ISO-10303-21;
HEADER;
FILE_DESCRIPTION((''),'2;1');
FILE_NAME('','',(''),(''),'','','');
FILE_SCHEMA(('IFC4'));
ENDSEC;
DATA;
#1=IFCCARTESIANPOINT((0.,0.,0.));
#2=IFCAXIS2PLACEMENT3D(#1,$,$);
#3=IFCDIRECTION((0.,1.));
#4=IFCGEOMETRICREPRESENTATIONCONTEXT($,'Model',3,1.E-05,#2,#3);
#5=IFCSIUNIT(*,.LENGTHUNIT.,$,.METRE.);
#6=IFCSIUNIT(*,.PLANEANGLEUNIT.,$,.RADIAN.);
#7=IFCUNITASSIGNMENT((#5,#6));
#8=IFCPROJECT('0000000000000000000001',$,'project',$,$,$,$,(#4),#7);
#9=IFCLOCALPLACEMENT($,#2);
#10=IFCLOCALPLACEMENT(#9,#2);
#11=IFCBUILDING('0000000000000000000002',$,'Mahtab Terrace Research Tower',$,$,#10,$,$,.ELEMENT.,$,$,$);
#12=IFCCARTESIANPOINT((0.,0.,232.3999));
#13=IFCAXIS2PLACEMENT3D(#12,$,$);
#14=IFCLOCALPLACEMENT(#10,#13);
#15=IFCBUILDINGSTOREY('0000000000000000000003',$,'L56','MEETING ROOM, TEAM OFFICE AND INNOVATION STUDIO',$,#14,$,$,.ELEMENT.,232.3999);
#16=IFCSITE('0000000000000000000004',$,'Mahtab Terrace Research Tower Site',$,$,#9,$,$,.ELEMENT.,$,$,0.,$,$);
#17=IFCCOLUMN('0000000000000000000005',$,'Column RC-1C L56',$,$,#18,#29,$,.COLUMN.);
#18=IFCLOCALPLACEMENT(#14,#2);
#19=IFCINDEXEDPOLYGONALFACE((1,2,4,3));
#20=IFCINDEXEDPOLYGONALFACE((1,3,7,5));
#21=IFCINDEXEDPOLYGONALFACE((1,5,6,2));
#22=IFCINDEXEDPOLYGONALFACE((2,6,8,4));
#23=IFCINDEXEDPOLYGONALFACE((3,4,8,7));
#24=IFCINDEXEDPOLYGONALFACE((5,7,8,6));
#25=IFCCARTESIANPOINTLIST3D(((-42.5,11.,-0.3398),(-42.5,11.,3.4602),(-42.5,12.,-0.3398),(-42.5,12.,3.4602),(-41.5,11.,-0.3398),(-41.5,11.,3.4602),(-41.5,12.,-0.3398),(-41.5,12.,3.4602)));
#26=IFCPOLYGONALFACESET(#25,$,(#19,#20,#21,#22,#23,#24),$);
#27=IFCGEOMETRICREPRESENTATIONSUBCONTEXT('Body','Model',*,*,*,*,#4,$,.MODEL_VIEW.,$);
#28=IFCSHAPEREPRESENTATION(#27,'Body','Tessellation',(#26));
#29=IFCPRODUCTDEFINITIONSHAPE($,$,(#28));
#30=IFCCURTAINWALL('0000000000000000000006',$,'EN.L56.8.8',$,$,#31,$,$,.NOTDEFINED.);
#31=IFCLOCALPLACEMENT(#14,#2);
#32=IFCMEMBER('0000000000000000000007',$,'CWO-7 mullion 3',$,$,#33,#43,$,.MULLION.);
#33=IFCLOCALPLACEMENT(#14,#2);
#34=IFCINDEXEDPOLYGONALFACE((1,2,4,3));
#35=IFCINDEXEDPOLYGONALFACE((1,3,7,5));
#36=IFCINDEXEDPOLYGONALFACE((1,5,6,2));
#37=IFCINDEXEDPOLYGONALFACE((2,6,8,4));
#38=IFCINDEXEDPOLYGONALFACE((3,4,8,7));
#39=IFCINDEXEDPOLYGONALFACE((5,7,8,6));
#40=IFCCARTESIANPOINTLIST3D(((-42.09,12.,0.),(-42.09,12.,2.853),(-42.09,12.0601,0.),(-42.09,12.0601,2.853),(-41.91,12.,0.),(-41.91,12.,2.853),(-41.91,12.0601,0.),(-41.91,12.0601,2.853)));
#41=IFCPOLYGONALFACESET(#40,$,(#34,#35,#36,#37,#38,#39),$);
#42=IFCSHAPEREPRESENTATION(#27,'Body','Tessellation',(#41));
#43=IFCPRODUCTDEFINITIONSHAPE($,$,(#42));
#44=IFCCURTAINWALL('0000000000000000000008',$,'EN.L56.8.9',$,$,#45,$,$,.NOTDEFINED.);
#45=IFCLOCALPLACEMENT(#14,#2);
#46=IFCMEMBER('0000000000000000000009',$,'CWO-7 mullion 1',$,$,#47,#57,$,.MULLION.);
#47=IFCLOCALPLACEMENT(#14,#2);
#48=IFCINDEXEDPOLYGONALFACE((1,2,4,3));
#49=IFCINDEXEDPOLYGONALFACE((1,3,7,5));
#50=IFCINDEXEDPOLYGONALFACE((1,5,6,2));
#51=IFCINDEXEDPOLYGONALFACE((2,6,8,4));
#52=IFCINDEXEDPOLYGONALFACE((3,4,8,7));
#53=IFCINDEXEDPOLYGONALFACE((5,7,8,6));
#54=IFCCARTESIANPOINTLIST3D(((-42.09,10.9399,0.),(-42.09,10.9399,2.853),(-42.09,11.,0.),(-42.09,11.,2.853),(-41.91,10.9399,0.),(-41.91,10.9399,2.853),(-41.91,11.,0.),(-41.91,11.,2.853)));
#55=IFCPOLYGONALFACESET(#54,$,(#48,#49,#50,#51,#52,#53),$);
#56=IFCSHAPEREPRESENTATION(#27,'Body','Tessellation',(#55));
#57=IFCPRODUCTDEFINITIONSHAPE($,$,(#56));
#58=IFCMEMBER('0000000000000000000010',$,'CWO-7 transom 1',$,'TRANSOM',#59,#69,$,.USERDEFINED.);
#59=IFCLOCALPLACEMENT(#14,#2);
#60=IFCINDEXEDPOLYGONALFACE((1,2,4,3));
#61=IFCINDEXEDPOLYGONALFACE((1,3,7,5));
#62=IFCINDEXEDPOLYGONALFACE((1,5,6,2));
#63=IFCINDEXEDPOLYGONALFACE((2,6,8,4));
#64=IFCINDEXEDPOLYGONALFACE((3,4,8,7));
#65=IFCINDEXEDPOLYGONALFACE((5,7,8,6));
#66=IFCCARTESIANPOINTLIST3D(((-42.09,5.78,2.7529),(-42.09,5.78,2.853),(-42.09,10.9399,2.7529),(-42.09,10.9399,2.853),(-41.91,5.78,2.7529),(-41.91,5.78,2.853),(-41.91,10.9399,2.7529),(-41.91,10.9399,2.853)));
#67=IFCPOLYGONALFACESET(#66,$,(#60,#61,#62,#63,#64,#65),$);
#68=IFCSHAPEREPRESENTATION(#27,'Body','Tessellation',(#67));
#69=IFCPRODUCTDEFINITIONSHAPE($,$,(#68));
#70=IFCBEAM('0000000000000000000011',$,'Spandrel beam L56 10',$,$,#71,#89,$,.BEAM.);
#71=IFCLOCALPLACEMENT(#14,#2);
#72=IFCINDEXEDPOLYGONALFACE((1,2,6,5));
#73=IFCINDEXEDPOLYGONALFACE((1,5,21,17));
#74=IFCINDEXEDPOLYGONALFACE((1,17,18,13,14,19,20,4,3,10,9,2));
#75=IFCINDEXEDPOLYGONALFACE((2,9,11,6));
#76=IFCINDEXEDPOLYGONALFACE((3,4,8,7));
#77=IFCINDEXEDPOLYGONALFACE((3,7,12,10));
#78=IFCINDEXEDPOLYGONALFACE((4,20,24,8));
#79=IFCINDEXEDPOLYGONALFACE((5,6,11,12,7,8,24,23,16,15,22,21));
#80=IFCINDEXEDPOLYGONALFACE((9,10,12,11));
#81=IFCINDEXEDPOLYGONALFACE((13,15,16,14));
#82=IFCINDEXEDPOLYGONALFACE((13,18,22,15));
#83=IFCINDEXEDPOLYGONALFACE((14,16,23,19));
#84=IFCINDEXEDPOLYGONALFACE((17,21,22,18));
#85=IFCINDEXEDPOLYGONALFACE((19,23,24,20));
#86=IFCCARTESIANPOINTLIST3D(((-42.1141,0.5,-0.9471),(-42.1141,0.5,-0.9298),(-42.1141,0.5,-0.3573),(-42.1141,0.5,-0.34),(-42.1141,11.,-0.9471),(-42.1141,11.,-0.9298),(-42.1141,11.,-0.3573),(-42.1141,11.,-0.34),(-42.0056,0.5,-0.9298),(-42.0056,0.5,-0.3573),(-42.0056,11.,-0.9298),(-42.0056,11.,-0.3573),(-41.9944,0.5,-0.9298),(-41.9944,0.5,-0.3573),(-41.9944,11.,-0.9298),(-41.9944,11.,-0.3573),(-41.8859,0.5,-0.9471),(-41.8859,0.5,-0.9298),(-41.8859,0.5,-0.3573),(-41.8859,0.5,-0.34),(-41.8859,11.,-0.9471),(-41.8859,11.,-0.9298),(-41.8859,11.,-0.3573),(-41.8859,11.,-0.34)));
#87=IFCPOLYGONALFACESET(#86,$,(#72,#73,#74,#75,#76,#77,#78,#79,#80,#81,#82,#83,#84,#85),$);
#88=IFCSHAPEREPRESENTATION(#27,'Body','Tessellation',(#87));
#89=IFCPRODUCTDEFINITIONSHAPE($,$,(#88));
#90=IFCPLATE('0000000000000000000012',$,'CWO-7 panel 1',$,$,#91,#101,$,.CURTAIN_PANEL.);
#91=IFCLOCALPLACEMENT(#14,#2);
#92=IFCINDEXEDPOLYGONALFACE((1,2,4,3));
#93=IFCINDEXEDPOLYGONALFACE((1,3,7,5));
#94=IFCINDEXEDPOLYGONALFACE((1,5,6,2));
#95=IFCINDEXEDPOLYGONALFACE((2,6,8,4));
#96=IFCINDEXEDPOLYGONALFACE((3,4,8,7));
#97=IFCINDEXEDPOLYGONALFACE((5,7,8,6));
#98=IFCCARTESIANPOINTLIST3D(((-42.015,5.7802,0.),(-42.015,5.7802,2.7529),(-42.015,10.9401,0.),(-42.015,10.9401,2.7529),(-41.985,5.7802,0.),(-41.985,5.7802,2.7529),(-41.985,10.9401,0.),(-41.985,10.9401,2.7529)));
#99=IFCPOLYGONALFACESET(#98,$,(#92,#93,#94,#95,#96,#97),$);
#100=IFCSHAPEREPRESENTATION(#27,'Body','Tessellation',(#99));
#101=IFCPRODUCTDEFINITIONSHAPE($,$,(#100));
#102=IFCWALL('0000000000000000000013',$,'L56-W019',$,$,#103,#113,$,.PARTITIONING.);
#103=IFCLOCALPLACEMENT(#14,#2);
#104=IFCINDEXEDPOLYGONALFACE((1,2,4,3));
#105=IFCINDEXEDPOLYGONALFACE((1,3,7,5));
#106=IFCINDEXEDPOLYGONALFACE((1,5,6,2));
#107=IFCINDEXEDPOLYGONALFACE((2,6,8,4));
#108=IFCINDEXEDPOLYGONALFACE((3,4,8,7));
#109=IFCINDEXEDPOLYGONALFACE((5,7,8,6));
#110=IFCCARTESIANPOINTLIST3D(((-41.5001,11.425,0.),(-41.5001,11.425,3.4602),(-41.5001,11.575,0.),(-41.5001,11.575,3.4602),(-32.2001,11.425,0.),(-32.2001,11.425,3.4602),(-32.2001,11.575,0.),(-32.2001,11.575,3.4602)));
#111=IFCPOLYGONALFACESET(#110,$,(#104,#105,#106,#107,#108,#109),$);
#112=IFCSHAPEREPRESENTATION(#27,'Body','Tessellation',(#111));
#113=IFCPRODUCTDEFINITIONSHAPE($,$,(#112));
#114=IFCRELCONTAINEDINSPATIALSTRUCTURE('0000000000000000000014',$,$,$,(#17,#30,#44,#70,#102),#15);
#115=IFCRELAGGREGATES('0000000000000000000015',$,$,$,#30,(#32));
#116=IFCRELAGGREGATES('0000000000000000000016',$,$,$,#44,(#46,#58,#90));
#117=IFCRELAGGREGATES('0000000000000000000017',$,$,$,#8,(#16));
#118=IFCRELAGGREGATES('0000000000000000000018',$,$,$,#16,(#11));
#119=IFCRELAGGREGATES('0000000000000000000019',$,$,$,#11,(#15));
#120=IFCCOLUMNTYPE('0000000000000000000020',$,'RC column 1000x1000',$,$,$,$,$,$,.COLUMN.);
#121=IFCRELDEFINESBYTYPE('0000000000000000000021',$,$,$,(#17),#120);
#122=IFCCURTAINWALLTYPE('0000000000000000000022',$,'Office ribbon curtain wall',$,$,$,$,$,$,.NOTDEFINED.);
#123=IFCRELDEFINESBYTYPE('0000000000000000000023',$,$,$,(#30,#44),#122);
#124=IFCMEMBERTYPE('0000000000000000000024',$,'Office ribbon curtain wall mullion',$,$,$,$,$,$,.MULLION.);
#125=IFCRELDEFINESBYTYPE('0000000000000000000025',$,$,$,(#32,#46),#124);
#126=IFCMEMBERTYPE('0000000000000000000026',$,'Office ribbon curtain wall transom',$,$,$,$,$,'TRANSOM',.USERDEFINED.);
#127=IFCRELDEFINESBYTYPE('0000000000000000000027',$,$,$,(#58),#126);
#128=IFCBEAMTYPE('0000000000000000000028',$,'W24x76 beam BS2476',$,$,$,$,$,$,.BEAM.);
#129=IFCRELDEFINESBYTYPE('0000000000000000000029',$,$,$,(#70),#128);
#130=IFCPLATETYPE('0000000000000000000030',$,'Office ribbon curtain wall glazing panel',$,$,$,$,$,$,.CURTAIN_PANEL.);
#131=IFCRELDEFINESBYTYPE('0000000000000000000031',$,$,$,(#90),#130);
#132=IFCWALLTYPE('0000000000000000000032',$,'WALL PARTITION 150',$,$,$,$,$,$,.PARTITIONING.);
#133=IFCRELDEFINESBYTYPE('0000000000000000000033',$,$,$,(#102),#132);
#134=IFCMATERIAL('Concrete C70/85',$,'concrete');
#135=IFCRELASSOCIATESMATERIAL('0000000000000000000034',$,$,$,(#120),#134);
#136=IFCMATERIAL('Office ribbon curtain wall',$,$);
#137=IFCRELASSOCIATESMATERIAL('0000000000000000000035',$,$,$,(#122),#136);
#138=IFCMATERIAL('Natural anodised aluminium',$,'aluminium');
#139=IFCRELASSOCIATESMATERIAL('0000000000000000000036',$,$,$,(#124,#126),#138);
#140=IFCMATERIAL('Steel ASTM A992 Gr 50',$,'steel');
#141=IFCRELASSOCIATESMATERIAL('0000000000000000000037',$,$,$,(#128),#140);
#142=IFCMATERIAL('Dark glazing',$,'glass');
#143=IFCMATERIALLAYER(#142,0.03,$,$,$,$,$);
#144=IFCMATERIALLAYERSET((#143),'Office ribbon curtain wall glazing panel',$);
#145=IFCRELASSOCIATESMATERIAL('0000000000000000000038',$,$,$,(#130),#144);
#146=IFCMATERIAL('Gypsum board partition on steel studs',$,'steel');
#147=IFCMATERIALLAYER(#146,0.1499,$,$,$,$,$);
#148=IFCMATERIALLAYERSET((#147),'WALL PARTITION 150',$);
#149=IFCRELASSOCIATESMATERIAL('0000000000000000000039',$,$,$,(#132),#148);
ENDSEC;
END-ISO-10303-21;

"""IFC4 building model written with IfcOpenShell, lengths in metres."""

from ifc_helpers import new_model, si_unit, direction, frame, frame_2d, origin, origin_2d, place, context, subcontext, project, spatial, rectangle, i_section, extrude, material, layer, layer_set, material_profile, profile_set, type_object, element, aggregate, save


model = new_model("IFC4")

# Units and contexts
model_context = context("Model", 3, precision=1e-05, world=origin(), true_north=direction((0.0, 1.0)))
body_context = subcontext(model_context, "Body", "Model", "MODEL_VIEW")
ifc_project = project(units=[si_unit("LENGTHUNIT", "METRE"), si_unit("PLANEANGLEUNIT", "RADIAN")], contexts=[model_context])

# Site, building, storey
site_placement = place(None, origin())
site = spatial("IfcSite", under=ifc_project, at=site_placement, Name="Mahtab Terrace Research Tower Site", CompositionType="ELEMENT", RefElevation=0.0)
building_placement = place(site_placement, origin())
building = spatial("IfcBuilding", under=site, at=building_placement, Name="Mahtab Terrace Research Tower", CompositionType="ELEMENT")
storey_placement = place(building_placement, frame((0.0, 0.0, 232.3999)))
storey = spatial("IfcBuildingStorey", under=building, at=storey_placement, Name="L56", Description="MEETING ROOM, TEAM OFFICE AND INNOVATION STUDIO", CompositionType="ELEMENT", Elevation=232.3999)

# Column
ifc_material_1 = material(Name="Concrete C70/85", Category="concrete")
ifc_material_profile_1 = material_profile(ifc_material_1, rectangle(XDim=1.0, YDim=1.0, at=origin_2d()), Name="RC column 1000x1000")
ifc_profile_set_1 = profile_set([ifc_material_profile_1], Name="Concrete C70/85")
column_type = type_object("IfcColumnType", Name="RC column 1000x1000", PredefinedType="COLUMN", material=ifc_profile_set_1)
column_placement = place(storey_placement, frame((-42.0, 11.5, -0.3398), z_axis=(0.0, 0.0, 1.0), x_axis=(1.0, 0.0, 0.0)))
element("IfcColumn", 1, at=column_placement, inside=storey, type_object=column_type, Name="Column RC-1C L56", PredefinedType="COLUMN", context=body_context, shape_type="SweptSolid", body=[
    extrude(rectangle(XDim=1.0, YDim=1.0, at=origin_2d()), origin(), (0.0, 0.0, 1.0), 3.8),
])

# Curtain wall, member
ifc_material_2 = material(Name="Office ribbon curtain wall")
curtain_wall_type = type_object("IfcCurtainWallType", Name="Office ribbon curtain wall", PredefinedType="NOTDEFINED", material=ifc_material_2)
curtain_wall_1_placement = place(storey_placement, origin())
curtain_wall_1 = element("IfcCurtainWall", 2, at=curtain_wall_1_placement, inside=storey, type_object=curtain_wall_type, Name="EN.L56.8.8", PredefinedType="NOTDEFINED")
ifc_material_3 = material(Name="Natural anodised aluminium", Category="aluminium")
ifc_material_profile_2 = material_profile(ifc_material_3, rectangle(XDim=0.1799, YDim=0.0601, at=origin_2d()), Name="MULLION 60x180")
ifc_profile_set_2 = profile_set([ifc_material_profile_2], Name="Natural anodised aluminium")
member_type_1 = type_object("IfcMemberType", Name="Office ribbon curtain wall mullion", PredefinedType="MULLION", material=ifc_profile_set_2)
member_1_placement = place(storey_placement, frame((-42.0, 12.03, 0.0), z_axis=(0.0, 0.0, 1.0), x_axis=(1.0, 0.0, 0.0)))
member_1 = element("IfcMember", 3, at=member_1_placement, type_object=member_type_1, Name="CWO-7 mullion 3", PredefinedType="MULLION", context=body_context, shape_type="SweptSolid", body=[
    extrude(rectangle(XDim=0.1799, YDim=0.0601, at=origin_2d()), origin(), (0.0, 0.0, 1.0), 2.853),
])
aggregate(curtain_wall_1, [member_1])

# Curtain wall, members
curtain_wall_2_placement = place(storey_placement, origin())
curtain_wall_2 = element("IfcCurtainWall", 4, at=curtain_wall_2_placement, inside=storey, type_object=curtain_wall_type, Name="EN.L56.8.9", PredefinedType="NOTDEFINED")
member_2_placement = place(storey_placement, frame((-42.0, 10.97, 0.0), z_axis=(0.0, 0.0, 1.0), x_axis=(1.0, 0.0, 0.0)))
member_2 = element("IfcMember", 5, at=member_2_placement, type_object=member_type_1, Name="CWO-7 mullion 1", PredefinedType="MULLION", context=body_context, shape_type="SweptSolid", body=[
    extrude(rectangle(XDim=0.1799, YDim=0.0601, at=origin_2d()), origin(), (0.0, 0.0, 1.0), 2.853),
])
ifc_material_profile_3 = material_profile(ifc_material_3, rectangle(XDim=0.1799, YDim=0.1001, at=origin_2d()), Name="TRANSOM 100x180")
ifc_profile_set_3 = profile_set([ifc_material_profile_3], Name="Natural anodised aluminium")
member_type_2 = type_object("IfcMemberType", Name="Office ribbon curtain wall transom", ElementType="TRANSOM", PredefinedType="USERDEFINED", material=ifc_profile_set_3)
member_3_placement = place(storey_placement, frame((-42.0, 10.9399, 2.803), z_axis=(0.0, -1.0, 0.0), x_axis=(1.0, 0.0, 0.0)))
member_3 = element("IfcMember", 6, at=member_3_placement, type_object=member_type_2, Name="CWO-7 transom 1", ObjectType="TRANSOM", PredefinedType="USERDEFINED", context=body_context, shape_type="SweptSolid", body=[
    extrude(rectangle(XDim=0.1799, YDim=0.1001, at=origin_2d()), origin(), (0.0, 0.0, 1.0), 5.1599),
])

# Beam
ifc_material_4 = material(Name="Steel ASTM A992 Gr 50", Category="steel")
ifc_material_profile_4 = material_profile(ifc_material_4, i_section(OverallWidth=0.2283, OverallDepth=0.6072, WebThickness=0.0112, FlangeThickness=0.0173, at=origin_2d()), Name="W24X76")
ifc_profile_set_4 = profile_set([ifc_material_profile_4], Name="Steel ASTM A992 Gr 50")
beam_type = type_object("IfcBeamType", Name="W24x76 beam BS2476", PredefinedType="BEAM", material=ifc_profile_set_4)
beam_placement = place(storey_placement, frame((-42.0, 11.0, -0.6436), z_axis=(0.0, -1.0, 0.0), x_axis=(1.0, 0.0, 0.0)))
element("IfcBeam", 7, at=beam_placement, inside=storey, type_object=beam_type, Name="Spandrel beam L56 10", PredefinedType="BEAM", context=body_context, shape_type="SweptSolid", body=[
    extrude(i_section(OverallWidth=0.2283, OverallDepth=0.6072, WebThickness=0.0112, FlangeThickness=0.0173, at=origin_2d()), origin(), (0.0, 0.0, 1.0), 10.5),
])

# Plate
ifc_material_5 = material(Name="Dark glazing", Category="glass")
ifc_layer_1 = layer(ifc_material_5, 0.03)
ifc_layer_set_1 = layer_set([ifc_layer_1], Name="Office ribbon curtain wall glazing panel")
plate_type = type_object("IfcPlateType", Name="Office ribbon curtain wall glazing panel", PredefinedType="CURTAIN_PANEL", material=ifc_layer_set_1)
plate_placement = place(storey_placement, frame((-42.0, 8.3601, 0.0), z_axis=(0.0, 0.0, 1.0), x_axis=(0.0, -1.0, 0.0)))
plate = element("IfcPlate", 8, at=plate_placement, type_object=plate_type, Name="CWO-7 panel 1", PredefinedType="CURTAIN_PANEL", context=body_context, shape_type="SweptSolid", body=[
    extrude(rectangle(XDim=5.1599, YDim=0.03, at=origin_2d()), origin(), (0.0, 0.0, 1.0), 2.7529),
])
aggregate(curtain_wall_2, [member_2, member_3, plate])

# Wall
ifc_material_6 = material(Name="Gypsum board partition on steel studs", Category="steel")
ifc_layer_2 = layer(ifc_material_6, 0.1499)
ifc_layer_set_2 = layer_set([ifc_layer_2], Name="WALL PARTITION 150")
wall_type = type_object("IfcWallType", Name="WALL PARTITION 150", PredefinedType="PARTITIONING", material=ifc_layer_set_2)
wall_placement = place(storey_placement, frame((-41.5, 11.5, 0.0), z_axis=(0.0, 0.0, 1.0), x_axis=(1.0, 0.0, 0.0)))
element("IfcWall", 9, at=wall_placement, inside=storey, type_object=wall_type, Name="L56-W019", PredefinedType="PARTITIONING", context=body_context, shape_type="SweptSolid", body=[
    extrude(rectangle(XDim=9.3, YDim=0.1499, at=frame_2d((4.6499, 0.0))), origin(), (0.0, 0.0, 1.0), 3.4602),
])

save(model, "model.ifc")
